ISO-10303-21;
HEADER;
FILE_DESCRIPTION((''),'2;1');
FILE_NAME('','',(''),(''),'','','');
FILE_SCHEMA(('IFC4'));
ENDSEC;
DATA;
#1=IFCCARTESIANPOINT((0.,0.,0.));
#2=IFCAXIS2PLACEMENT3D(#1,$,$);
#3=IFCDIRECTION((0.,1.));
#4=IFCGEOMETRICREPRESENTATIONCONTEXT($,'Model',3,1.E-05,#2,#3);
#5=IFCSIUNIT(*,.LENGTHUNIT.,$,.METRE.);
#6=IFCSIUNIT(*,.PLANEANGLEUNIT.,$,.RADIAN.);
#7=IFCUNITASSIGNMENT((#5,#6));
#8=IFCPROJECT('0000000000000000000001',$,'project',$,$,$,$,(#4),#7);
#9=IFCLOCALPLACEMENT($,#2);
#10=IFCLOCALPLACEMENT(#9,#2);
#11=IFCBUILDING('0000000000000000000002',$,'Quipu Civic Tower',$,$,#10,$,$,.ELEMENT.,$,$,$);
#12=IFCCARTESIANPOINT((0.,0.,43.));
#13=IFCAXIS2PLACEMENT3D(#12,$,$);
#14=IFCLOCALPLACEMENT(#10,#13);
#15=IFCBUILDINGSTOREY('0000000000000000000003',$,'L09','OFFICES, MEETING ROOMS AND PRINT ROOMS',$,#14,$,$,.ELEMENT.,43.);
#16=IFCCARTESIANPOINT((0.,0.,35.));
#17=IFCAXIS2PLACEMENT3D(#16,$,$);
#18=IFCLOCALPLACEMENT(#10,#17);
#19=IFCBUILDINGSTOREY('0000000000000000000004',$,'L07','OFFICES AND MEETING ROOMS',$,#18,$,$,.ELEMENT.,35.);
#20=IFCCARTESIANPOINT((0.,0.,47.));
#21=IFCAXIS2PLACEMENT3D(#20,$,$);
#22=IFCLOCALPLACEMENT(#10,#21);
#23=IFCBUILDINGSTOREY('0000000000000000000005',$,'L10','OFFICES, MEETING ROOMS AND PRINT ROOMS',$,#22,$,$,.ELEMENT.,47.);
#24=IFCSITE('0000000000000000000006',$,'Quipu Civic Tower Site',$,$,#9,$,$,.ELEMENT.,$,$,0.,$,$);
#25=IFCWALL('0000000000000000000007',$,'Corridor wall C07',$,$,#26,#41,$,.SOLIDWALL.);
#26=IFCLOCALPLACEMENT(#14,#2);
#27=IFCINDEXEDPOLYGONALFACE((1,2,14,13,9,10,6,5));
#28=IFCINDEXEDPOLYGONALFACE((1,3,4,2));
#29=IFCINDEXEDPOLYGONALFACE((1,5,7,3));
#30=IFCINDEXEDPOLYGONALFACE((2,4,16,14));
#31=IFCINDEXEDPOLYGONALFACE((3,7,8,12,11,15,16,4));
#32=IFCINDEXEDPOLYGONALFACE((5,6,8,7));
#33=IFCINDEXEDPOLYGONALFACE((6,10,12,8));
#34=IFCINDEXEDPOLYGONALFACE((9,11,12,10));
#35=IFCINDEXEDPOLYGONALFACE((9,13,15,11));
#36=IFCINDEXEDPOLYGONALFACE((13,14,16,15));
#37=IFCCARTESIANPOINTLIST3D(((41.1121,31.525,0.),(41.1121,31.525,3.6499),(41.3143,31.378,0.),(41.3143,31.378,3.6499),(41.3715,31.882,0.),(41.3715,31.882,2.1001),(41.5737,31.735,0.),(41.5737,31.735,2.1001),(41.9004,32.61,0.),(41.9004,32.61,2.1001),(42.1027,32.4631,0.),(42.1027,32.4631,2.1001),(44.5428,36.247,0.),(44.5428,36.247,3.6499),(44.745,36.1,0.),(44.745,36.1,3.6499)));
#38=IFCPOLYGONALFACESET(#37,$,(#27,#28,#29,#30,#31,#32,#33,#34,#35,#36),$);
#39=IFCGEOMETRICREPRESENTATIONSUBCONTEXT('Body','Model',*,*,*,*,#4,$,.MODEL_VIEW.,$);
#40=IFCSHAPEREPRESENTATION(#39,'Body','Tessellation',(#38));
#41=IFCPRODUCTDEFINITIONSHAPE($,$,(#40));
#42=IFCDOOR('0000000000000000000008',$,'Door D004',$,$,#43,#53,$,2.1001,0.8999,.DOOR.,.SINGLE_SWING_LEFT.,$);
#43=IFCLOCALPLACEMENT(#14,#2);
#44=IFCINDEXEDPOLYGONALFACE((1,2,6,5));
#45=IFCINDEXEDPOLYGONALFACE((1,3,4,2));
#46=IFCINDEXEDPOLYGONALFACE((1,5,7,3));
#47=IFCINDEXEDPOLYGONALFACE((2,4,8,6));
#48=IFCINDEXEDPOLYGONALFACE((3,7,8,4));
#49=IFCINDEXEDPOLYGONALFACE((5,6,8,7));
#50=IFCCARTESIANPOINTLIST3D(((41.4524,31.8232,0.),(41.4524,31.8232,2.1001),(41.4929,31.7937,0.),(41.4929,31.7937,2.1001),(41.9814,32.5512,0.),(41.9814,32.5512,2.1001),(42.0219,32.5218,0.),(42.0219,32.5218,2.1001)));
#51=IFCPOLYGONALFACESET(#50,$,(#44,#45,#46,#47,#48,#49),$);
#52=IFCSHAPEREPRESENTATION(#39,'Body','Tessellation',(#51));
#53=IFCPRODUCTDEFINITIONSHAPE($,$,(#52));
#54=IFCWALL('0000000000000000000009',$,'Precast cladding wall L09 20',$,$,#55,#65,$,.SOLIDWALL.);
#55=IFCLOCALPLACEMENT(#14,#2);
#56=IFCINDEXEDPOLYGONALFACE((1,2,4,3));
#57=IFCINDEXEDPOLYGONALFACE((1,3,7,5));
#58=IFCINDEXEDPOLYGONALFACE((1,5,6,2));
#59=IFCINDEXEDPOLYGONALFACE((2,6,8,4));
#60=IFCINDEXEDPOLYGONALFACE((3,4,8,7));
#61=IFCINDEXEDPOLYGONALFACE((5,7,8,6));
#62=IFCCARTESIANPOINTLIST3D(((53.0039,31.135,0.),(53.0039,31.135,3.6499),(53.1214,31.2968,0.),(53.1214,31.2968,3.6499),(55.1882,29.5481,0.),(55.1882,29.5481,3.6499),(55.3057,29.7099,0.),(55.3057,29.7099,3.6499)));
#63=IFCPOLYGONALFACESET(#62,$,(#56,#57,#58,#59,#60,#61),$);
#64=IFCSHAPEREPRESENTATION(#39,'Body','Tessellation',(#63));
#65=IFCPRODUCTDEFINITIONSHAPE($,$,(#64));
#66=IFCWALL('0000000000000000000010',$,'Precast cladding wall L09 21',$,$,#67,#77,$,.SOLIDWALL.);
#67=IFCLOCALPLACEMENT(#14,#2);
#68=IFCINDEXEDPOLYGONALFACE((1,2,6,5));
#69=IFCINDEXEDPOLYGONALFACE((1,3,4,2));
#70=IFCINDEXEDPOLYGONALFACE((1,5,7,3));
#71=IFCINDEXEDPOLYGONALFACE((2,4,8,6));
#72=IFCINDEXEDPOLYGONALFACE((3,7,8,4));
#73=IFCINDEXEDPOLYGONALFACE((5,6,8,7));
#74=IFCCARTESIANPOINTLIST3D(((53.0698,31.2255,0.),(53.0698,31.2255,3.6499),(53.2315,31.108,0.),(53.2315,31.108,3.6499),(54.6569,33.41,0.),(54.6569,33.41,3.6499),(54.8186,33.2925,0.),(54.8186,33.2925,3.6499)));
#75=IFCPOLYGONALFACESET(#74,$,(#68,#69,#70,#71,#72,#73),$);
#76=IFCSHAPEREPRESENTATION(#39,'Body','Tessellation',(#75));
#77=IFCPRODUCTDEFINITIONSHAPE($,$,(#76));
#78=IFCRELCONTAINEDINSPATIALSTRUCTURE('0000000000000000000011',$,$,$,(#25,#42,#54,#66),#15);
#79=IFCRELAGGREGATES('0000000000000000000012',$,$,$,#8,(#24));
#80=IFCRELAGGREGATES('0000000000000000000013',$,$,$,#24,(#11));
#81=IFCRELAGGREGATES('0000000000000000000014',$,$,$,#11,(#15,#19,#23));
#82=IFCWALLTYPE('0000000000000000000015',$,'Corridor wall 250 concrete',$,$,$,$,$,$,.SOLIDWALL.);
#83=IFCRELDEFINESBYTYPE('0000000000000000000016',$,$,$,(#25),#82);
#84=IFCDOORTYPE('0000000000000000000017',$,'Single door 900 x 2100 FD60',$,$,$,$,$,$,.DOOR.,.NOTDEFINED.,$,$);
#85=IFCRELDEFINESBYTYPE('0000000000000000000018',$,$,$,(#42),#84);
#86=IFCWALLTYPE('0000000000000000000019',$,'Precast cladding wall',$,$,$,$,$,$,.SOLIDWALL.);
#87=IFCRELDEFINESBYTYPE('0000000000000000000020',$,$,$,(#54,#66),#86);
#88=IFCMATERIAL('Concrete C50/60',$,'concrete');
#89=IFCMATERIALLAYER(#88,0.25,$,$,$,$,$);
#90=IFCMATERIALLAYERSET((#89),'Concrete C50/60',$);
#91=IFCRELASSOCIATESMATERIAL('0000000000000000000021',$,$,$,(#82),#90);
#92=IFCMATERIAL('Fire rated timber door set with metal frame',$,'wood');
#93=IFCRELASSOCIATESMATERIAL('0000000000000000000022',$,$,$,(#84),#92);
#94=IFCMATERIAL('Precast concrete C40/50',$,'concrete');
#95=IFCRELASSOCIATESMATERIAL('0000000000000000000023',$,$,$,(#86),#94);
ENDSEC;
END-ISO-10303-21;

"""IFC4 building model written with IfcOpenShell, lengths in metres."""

from ifc_helpers import new_model, si_unit, direction, frame, frame_2d, origin, place, context, subcontext, project, spatial, rectangle, extrude, material, layer, layer_set, type_object, element, fill, save


model = new_model("IFC4")

# Units and contexts
model_context = context("Model", 3, precision=1e-05, world=origin(), true_north=direction((0.0, 1.0)))
body_context = subcontext(model_context, "Body", "Model", "MODEL_VIEW")
ifc_project = project(units=[si_unit("LENGTHUNIT", "METRE"), si_unit("PLANEANGLEUNIT", "RADIAN")], contexts=[model_context])

# Site, building, storey
site_placement = place(None, origin())
site = spatial("IfcSite", under=ifc_project, at=site_placement, Name="Quipu Civic Tower Site", CompositionType="ELEMENT", RefElevation=0.0)
building_placement = place(site_placement, origin())
building = spatial("IfcBuilding", under=site, at=building_placement, Name="Quipu Civic Tower", CompositionType="ELEMENT")
storey_1_placement = place(building_placement, frame((0.0, 0.0, 43.0)))
storey_1 = spatial("IfcBuildingStorey", under=building, at=storey_1_placement, Name="L09", Description="OFFICES, MEETING ROOMS AND PRINT ROOMS", CompositionType="ELEMENT", Elevation=43.0)

# Shared definitions
storey_2_placement = place(building_placement, frame((0.0, 0.0, 35.0)))
storey_2 = spatial("IfcBuildingStorey", under=building, at=storey_2_placement, Name="L07", Description="OFFICES AND MEETING ROOMS", CompositionType="ELEMENT", Elevation=35.0)

# Shared definitions
storey_3_placement = place(building_placement, frame((0.0, 0.0, 47.0)))
storey_3 = spatial("IfcBuildingStorey", under=building, at=storey_3_placement, Name="L10", Description="OFFICES, MEETING ROOMS AND PRINT ROOMS", CompositionType="ELEMENT", Elevation=47.0)

# Wall, opening, door
ifc_material_1 = material(Name="Concrete C50/60", Category="concrete")
ifc_layer_1 = layer(ifc_material_1, 0.25)
ifc_layer_set_1 = layer_set([ifc_layer_1], Name="Concrete C50/60")
wall_type_1 = type_object("IfcWallType", Name="Corridor wall 250 concrete", PredefinedType="SOLIDWALL", material=ifc_layer_set_1)
wall_1_placement = place(storey_1_placement, frame((41.2131, 31.4514, 0.0), z_axis=(0.0, 0.0, 1.0), x_axis=(0.587784, 0.809018, 0.0)))
wall_1 = element("IfcWall", 1, at=wall_1_placement, inside=storey_1, type_object=wall_type_1, Name="Corridor wall C07", PredefinedType="SOLIDWALL", context=body_context, shape_type="SweptSolid", body=[
    extrude(rectangle(XDim=5.8367, YDim=0.25, at=frame_2d((2.9185, 0.0))), origin(), (0.0, 0.0, 1.0), 3.6499),
])
opening_placement = place(wall_1_placement, frame((0.4414, 0.0, 0.0)))
opening = element("IfcOpeningElement", 2, at=opening_placement, cuts=wall_1, PredefinedType="OPENING", context=body_context, shape_type="SweptSolid", body=[
    extrude(rectangle(XDim=0.8999, YDim=2.1001, at=frame_2d((0.45, 1.05))), frame((0.0, 0.135, 0.0), z_axis=(0.0, -1.0, 0.0), x_axis=(1.0, 0.0, 0.0)), (0.0, 0.0, 1.0), 0.27),
])
ifc_material_2 = material(Name="Fire rated timber door set with metal frame", Category="wood")
door_type = type_object("IfcDoorType", Name="Single door 900 x 2100 FD60", OperationType="NOTDEFINED", PredefinedType="DOOR", material=ifc_material_2)
door_placement = place(opening_placement, origin())
door = element("IfcDoor", 3, at=door_placement, inside=storey_1, type_object=door_type, Name="Door D004", OperationType="SINGLE_SWING_LEFT", OverallHeight=2.1001, OverallWidth=0.8999, PredefinedType="DOOR", context=body_context, shape_type="SweptSolid", body=[
    extrude(rectangle(XDim=0.8999, YDim=2.1001, at=frame_2d((0.45, 1.05))), frame((0.0, 0.0249, 0.0), z_axis=(0.0, -1.0, 0.0), x_axis=(1.0, 0.0, 0.0)), (0.0, 0.0, 1.0), 0.05),
])
fill(opening, door)

# Walls
ifc_material_3 = material(Name="Precast concrete C40/50", Category="concrete")
wall_type_2 = type_object("IfcWallType", Name="Precast cladding wall", PredefinedType="SOLIDWALL", material=ifc_material_3)
wall_2_placement = place(storey_1_placement, frame((55.2471, 29.6289, 0.0), z_axis=(0.0, 0.0, 1.0), x_axis=(-0.809033, 0.587763, 0.0)))
element("IfcWall", 4, at=wall_2_placement, inside=storey_1, type_object=wall_type_2, Name="Precast cladding wall L09 20", PredefinedType="SOLIDWALL", context=body_context, shape_type="SweptSolid", body=[
    extrude(rectangle(XDim=2.7, YDim=0.2, at=frame_2d((1.3501, 0.0))), origin(), (0.0, 0.0, 1.0), 3.6499),
])
wall_3_placement = place(storey_1_placement, frame((53.1506, 31.1667, 0.0), z_axis=(0.0, 0.0, 1.0), x_axis=(0.587779, 0.809021, 0.0)))
element("IfcWall", 5, at=wall_3_placement, inside=storey_1, type_object=wall_type_2, Name="Precast cladding wall L09 21", PredefinedType="SOLIDWALL", context=body_context, shape_type="SweptSolid", body=[
    extrude(rectangle(XDim=2.7002, YDim=0.2, at=frame_2d((1.3501, 0.0))), origin(), (0.0, 0.0, 1.0), 3.6499),
])

save(model, "model.ifc")
